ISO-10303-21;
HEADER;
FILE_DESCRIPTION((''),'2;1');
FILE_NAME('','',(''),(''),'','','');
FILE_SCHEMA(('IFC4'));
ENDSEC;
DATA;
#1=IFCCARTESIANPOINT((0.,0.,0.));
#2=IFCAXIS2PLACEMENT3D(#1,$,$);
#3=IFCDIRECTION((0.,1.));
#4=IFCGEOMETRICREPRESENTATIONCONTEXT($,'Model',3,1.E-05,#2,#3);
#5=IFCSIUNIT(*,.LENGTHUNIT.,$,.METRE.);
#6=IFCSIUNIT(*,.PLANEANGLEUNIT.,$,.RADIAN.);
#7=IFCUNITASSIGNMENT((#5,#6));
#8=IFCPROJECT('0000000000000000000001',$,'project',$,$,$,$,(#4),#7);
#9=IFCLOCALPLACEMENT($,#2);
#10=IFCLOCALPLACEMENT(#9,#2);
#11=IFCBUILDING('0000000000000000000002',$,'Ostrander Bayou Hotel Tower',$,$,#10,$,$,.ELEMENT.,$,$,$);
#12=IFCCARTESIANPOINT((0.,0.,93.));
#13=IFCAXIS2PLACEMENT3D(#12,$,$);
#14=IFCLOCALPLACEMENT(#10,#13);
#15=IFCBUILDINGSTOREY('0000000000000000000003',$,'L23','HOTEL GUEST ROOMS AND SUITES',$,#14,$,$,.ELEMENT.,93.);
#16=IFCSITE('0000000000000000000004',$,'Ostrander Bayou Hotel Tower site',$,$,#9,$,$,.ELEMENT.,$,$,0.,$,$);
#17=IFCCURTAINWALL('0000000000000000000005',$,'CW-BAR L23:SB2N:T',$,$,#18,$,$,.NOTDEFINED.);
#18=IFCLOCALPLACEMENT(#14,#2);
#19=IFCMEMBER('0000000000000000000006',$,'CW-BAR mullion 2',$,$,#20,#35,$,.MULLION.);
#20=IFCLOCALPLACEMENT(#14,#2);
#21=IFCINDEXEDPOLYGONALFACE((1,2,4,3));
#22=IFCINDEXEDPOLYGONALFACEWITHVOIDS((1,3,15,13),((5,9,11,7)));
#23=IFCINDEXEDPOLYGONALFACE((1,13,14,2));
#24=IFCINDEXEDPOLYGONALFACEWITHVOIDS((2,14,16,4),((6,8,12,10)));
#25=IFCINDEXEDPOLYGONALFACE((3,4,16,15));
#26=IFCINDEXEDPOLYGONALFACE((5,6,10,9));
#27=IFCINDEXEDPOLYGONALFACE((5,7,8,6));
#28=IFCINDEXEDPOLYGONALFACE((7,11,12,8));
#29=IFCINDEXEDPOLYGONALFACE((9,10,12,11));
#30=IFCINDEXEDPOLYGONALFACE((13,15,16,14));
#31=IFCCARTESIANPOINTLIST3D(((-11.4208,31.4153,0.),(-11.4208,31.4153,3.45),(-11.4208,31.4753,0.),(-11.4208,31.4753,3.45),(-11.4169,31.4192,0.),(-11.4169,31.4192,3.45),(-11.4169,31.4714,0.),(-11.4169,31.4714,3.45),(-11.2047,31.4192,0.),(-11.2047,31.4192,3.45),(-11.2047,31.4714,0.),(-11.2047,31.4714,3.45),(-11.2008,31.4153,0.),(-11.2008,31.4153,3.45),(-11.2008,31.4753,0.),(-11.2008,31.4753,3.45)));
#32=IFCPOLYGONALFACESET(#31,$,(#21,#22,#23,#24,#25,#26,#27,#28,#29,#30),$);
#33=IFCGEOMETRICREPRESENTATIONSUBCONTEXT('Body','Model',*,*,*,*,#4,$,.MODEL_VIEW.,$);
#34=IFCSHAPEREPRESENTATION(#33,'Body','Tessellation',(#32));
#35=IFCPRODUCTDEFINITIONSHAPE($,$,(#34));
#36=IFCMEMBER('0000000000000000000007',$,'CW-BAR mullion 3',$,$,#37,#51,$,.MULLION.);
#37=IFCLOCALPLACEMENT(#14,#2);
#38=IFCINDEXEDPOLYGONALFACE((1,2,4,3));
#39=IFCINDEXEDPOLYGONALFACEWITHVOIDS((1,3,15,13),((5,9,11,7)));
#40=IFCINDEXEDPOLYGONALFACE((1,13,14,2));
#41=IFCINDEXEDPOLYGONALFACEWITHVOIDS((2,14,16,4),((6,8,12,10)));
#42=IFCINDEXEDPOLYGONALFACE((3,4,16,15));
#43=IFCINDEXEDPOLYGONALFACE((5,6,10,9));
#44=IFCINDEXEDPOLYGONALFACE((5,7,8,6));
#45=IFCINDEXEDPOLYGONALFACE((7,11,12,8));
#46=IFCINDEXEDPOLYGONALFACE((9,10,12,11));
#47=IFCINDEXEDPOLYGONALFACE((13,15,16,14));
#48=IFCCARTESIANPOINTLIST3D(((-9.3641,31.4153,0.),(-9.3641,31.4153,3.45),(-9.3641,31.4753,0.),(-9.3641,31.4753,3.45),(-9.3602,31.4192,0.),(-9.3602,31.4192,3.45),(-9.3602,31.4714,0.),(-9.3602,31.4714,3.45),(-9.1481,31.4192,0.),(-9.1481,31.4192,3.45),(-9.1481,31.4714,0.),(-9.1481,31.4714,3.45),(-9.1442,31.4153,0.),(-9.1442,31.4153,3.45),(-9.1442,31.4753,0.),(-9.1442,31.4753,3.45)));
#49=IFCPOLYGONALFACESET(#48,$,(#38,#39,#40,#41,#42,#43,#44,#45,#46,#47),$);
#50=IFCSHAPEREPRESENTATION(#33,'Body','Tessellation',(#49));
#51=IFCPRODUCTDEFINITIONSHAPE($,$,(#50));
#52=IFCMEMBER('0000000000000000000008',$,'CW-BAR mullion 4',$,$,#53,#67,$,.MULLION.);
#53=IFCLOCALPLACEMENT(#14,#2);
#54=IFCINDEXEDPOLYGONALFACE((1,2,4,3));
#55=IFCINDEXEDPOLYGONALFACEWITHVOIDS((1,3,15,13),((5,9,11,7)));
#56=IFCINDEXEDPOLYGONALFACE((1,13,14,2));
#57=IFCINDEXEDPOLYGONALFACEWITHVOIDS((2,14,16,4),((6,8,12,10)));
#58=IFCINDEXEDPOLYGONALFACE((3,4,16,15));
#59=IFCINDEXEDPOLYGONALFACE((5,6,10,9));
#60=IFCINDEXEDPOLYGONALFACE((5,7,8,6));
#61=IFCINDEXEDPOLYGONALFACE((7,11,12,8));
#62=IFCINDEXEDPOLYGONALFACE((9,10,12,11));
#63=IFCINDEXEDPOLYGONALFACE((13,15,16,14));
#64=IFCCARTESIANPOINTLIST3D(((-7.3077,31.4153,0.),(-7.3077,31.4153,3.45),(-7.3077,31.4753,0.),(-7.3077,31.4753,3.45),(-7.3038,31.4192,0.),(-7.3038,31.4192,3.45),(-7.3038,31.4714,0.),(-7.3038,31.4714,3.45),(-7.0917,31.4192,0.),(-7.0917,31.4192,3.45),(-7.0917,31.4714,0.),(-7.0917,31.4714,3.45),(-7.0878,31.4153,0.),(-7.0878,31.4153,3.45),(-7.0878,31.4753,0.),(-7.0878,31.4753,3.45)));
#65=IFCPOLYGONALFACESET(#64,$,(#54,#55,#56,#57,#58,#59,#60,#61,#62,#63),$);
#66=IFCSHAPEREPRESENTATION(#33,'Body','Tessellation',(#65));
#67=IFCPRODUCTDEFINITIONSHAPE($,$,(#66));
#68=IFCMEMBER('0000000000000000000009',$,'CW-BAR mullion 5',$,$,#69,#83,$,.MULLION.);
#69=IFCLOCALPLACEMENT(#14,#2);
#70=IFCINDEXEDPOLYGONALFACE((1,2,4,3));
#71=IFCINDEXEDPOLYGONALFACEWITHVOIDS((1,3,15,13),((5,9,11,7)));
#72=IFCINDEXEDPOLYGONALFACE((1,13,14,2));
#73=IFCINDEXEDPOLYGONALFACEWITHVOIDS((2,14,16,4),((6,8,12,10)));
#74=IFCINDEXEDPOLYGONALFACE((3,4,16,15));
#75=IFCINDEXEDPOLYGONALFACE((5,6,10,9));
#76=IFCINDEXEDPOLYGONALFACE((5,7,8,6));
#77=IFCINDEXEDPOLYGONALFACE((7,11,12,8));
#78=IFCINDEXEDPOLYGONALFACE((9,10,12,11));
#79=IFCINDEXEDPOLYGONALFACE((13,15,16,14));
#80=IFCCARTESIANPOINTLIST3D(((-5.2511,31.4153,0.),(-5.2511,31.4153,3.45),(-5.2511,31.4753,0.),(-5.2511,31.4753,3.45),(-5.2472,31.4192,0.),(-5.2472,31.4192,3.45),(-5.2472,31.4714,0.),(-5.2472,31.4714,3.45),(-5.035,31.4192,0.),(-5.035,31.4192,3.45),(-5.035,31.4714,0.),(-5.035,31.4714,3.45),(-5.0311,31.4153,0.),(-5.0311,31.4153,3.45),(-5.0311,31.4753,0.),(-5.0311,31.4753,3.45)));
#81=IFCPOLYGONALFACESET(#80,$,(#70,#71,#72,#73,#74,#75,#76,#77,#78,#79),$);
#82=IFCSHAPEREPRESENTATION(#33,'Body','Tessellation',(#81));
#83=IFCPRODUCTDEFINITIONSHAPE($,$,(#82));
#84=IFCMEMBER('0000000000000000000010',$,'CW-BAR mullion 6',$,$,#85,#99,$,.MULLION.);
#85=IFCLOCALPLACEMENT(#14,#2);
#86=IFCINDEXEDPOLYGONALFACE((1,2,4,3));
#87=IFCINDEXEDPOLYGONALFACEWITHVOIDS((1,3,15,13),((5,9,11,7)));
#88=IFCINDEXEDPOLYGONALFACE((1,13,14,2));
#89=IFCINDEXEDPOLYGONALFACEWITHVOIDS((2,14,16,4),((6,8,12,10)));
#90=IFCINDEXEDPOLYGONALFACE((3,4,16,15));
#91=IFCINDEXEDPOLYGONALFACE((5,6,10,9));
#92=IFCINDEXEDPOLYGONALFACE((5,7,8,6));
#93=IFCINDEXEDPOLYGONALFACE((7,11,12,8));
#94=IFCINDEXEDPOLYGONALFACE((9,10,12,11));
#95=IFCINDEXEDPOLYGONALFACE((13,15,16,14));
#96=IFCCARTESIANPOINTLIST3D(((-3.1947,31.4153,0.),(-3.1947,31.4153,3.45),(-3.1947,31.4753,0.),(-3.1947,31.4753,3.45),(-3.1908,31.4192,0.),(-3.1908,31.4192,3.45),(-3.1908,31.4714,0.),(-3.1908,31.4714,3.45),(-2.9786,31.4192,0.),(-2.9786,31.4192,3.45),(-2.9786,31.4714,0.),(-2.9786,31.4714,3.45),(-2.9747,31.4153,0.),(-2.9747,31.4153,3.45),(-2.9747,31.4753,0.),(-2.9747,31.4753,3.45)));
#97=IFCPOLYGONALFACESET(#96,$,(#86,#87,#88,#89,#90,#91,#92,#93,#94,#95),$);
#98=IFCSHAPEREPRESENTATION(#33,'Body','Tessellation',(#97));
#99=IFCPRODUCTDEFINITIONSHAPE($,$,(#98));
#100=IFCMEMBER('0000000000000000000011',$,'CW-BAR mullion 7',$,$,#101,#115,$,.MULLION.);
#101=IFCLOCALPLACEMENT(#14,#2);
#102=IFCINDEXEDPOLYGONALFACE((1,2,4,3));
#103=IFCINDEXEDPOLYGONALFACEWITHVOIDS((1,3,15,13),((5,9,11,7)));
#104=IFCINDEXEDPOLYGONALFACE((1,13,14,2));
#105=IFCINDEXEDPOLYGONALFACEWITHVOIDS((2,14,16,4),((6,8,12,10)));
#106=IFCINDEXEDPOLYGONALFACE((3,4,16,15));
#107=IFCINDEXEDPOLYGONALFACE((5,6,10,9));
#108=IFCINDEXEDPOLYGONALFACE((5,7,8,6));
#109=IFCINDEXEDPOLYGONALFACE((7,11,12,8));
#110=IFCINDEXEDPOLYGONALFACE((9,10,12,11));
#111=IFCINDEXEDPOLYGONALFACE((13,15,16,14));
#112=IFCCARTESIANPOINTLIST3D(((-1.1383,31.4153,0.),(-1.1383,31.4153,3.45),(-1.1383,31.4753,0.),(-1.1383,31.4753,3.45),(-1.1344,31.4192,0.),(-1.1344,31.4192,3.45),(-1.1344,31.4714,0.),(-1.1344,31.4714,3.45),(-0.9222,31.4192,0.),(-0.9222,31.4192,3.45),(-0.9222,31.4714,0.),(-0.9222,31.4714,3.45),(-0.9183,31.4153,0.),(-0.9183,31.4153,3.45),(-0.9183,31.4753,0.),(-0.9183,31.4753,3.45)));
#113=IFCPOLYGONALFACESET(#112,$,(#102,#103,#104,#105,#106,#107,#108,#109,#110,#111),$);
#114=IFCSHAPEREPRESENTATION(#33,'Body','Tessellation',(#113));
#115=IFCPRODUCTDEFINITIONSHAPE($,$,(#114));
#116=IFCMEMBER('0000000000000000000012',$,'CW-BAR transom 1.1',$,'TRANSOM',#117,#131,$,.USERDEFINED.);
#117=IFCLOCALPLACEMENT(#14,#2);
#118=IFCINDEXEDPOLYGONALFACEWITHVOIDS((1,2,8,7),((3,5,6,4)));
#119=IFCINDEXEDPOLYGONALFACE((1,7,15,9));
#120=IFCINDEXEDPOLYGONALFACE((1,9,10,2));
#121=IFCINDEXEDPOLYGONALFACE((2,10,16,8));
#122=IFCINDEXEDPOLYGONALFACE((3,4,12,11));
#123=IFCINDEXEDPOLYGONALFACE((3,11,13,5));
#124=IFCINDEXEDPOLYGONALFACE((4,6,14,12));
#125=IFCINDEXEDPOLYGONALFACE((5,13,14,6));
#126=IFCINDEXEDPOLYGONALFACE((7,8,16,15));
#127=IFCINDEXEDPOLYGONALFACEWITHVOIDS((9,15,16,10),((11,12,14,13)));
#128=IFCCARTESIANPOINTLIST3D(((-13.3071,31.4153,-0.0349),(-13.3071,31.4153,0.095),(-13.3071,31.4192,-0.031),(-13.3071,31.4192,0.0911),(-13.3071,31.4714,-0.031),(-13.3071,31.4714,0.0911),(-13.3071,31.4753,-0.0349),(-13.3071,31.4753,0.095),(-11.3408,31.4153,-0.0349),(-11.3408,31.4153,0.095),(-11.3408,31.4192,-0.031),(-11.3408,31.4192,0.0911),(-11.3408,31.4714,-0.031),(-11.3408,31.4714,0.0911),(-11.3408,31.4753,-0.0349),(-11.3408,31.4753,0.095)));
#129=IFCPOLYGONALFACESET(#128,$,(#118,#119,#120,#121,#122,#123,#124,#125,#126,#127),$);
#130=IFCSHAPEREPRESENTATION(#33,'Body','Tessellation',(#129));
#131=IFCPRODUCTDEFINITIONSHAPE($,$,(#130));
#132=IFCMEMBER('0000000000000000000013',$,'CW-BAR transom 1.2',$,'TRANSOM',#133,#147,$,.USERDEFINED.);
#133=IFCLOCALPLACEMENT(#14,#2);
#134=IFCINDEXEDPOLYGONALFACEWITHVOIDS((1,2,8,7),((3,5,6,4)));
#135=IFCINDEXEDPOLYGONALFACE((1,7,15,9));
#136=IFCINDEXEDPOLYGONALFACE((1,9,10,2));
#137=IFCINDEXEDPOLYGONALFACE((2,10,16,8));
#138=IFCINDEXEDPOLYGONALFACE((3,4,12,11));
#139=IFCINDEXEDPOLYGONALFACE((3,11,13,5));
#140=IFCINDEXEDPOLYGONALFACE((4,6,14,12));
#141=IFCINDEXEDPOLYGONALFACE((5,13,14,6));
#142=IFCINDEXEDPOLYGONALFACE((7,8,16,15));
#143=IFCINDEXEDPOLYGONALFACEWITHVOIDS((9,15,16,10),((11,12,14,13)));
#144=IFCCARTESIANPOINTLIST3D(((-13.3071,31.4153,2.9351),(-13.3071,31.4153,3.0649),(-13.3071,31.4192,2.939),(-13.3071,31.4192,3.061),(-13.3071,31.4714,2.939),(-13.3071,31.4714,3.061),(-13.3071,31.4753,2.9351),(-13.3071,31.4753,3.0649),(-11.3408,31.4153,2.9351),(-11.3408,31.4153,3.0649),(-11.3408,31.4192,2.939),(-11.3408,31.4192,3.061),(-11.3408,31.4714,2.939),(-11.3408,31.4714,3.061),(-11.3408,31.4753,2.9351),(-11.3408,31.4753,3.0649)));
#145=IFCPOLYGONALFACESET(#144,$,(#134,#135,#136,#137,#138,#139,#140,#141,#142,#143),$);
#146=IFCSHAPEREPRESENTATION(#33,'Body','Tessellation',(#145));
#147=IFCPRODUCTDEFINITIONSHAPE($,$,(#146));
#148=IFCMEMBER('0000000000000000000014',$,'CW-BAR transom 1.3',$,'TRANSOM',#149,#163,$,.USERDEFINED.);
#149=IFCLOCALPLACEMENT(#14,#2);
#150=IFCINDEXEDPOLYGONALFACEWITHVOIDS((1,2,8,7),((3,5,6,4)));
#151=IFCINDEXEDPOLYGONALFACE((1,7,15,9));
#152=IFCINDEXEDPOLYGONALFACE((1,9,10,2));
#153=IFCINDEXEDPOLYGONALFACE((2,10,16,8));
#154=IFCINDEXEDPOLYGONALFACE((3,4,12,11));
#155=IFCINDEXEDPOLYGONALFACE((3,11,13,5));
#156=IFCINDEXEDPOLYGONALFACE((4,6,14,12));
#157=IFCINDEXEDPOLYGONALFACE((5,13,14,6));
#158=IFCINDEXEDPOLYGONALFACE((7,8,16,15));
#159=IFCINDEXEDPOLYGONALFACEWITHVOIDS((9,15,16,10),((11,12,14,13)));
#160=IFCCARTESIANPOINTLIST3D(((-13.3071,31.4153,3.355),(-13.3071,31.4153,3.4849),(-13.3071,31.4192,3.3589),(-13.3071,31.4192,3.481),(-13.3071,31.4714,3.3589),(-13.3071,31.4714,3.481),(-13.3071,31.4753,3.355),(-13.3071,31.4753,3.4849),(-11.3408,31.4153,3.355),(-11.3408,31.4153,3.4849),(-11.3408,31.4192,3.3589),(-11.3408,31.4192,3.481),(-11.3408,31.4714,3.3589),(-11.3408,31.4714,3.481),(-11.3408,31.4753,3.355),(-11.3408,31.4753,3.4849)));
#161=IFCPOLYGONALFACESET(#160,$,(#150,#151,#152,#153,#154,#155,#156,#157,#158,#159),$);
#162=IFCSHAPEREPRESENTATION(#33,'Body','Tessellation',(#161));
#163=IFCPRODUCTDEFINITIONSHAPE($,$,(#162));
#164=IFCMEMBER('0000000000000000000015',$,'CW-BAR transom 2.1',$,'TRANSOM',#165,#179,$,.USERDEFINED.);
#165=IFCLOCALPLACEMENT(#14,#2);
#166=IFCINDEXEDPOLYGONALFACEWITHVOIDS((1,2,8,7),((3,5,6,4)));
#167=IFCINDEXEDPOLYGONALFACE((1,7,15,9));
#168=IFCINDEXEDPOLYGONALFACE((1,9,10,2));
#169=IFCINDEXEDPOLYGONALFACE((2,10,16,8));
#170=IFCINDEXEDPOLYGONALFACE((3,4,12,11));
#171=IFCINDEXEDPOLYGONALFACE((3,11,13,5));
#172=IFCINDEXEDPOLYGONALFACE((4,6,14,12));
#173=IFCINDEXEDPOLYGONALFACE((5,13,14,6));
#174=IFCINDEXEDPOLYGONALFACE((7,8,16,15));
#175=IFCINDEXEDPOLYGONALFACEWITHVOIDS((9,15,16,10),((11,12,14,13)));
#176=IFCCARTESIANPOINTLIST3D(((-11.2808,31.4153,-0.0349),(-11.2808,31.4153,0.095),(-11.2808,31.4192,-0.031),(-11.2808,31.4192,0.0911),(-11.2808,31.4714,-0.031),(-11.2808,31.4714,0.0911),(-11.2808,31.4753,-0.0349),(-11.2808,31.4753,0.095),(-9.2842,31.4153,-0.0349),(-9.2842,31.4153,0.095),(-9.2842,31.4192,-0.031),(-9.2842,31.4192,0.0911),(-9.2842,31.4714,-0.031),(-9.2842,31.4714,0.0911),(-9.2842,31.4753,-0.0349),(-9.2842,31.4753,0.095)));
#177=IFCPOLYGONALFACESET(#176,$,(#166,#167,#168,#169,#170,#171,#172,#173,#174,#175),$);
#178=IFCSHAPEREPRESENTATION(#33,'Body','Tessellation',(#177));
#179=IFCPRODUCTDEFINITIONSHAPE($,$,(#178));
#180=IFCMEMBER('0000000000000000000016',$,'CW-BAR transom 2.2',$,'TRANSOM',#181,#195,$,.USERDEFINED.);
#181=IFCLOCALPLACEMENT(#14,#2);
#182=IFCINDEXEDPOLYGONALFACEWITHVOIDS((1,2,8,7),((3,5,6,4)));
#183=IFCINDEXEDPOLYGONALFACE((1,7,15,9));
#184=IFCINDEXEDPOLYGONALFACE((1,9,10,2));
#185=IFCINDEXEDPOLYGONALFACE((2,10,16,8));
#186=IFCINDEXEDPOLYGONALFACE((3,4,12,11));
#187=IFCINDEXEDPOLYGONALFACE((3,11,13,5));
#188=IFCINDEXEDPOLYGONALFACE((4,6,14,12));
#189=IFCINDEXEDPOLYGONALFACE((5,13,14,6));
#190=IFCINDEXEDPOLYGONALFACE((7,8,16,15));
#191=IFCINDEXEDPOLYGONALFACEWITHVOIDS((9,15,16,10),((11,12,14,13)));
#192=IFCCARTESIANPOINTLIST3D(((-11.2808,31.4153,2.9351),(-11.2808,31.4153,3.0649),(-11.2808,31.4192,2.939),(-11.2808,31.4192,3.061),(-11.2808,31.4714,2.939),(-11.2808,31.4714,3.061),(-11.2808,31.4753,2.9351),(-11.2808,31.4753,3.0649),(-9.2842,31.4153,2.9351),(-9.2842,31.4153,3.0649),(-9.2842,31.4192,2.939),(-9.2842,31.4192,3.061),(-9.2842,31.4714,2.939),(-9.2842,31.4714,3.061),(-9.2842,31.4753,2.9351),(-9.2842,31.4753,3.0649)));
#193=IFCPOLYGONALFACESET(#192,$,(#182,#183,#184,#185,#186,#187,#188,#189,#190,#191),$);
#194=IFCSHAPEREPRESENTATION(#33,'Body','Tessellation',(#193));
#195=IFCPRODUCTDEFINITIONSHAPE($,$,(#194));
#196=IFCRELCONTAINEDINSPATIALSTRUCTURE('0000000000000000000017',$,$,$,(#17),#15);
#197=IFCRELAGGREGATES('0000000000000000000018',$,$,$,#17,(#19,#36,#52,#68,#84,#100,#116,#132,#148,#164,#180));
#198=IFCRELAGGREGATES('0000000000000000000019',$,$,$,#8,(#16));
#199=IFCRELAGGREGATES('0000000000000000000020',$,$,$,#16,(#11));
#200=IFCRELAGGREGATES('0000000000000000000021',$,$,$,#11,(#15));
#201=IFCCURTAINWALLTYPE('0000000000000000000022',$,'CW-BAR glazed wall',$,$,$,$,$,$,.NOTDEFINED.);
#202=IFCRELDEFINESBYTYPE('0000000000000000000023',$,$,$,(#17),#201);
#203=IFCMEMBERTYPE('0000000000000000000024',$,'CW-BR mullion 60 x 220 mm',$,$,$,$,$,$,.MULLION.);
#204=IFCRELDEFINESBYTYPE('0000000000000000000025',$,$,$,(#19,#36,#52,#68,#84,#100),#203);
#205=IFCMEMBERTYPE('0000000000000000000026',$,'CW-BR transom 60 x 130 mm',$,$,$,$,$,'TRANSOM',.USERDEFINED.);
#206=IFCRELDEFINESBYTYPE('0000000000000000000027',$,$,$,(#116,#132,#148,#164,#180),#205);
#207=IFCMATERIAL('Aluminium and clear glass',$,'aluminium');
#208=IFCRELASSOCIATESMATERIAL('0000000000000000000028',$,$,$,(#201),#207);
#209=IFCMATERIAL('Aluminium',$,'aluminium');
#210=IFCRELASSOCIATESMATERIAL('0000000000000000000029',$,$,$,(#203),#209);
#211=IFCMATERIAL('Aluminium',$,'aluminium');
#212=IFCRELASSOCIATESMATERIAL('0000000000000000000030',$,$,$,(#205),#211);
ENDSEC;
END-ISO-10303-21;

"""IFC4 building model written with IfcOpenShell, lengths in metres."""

from ifc_helpers import new_model, si_unit, direction, frame, origin, origin_2d, place, context, subcontext, project, spatial, hollow_rectangle, extrude, material, material_profile, profile_set, type_object, element, aggregate, save


model = new_model("IFC4")

# Units and contexts
model_context = context("Model", 3, precision=1e-05, world=origin(), true_north=direction((0.0, 1.0)))
body_context = subcontext(model_context, "Body", "Model", "MODEL_VIEW")
ifc_project = project(units=[si_unit("LENGTHUNIT", "METRE"), si_unit("PLANEANGLEUNIT", "RADIAN")], contexts=[model_context])

# Site, building, storey
site_placement = place(None, origin())
site = spatial("IfcSite", under=ifc_project, at=site_placement, Name="Ostrander Bayou Hotel Tower site", CompositionType="ELEMENT", RefElevation=0.0)
building_placement = place(site_placement, origin())
building = spatial("IfcBuilding", under=site, at=building_placement, Name="Ostrander Bayou Hotel Tower", CompositionType="ELEMENT")
storey_placement = place(building_placement, frame((0.0, 0.0, 93.0)))
storey = spatial("IfcBuildingStorey", under=building, at=storey_placement, Name="L23", Description="HOTEL GUEST ROOMS AND SUITES", CompositionType="ELEMENT", Elevation=93.0)

# Curtain wall, members
ifc_material_1 = material(Name="Aluminium and clear glass", Category="aluminium")
curtain_wall_type = type_object("IfcCurtainWallType", Name="CW-BAR glazed wall", PredefinedType="NOTDEFINED", material=ifc_material_1)
curtain_wall_placement = place(storey_placement, origin())
curtain_wall = element("IfcCurtainWall", 1, at=curtain_wall_placement, inside=storey, type_object=curtain_wall_type, Name="CW-BAR L23:SB2N:T", PredefinedType="NOTDEFINED")
ifc_material_2 = material(Name="Aluminium", Category="aluminium")
ifc_material_profile_1 = material_profile(ifc_material_2, hollow_rectangle(XDim=0.0601, YDim=0.22, WallThickness=0.0039, at=origin_2d()))
ifc_profile_set_1 = profile_set([ifc_material_profile_1], Name="Aluminium")
member_type_1 = type_object("IfcMemberType", Name="CW-BR mullion 60 x 220 mm", PredefinedType="MULLION", material=ifc_profile_set_1)
member_1_placement = place(storey_placement, frame((-11.3108, 31.4453, 0.0), z_axis=(0.0, 0.0, 1.0), x_axis=(0.0, 1.0, 0.0)))
member_1 = element("IfcMember", 2, at=member_1_placement, type_object=member_type_1, Name="CW-BAR mullion 2", PredefinedType="MULLION", context=body_context, shape_type="SweptSolid", body=[
    extrude(hollow_rectangle(XDim=0.0601, YDim=0.22, WallThickness=0.0039, at=origin_2d()), origin(), (0.0, 0.0, 1.0), 3.45),
])
member_2_placement = place(storey_placement, frame((-9.2542, 31.4453, 0.0), z_axis=(0.0, 0.0, 1.0), x_axis=(0.0, 1.0, 0.0)))
member_2 = element("IfcMember", 3, at=member_2_placement, type_object=member_type_1, Name="CW-BAR mullion 3", PredefinedType="MULLION", context=body_context, shape_type="SweptSolid", body=[
    extrude(hollow_rectangle(XDim=0.0601, YDim=0.22, WallThickness=0.0039, at=origin_2d()), origin(), (0.0, 0.0, 1.0), 3.45),
])
member_3_placement = place(storey_placement, frame((-7.1978, 31.4453, 0.0), z_axis=(0.0, 0.0, 1.0), x_axis=(0.0, 1.0, 0.0)))
member_3 = element("IfcMember", 4, at=member_3_placement, type_object=member_type_1, Name="CW-BAR mullion 4", PredefinedType="MULLION", context=body_context, shape_type="SweptSolid", body=[
    extrude(hollow_rectangle(XDim=0.0601, YDim=0.22, WallThickness=0.0039, at=origin_2d()), origin(), (0.0, 0.0, 1.0), 3.45),
])
member_4_placement = place(storey_placement, frame((-5.1411, 31.4453, 0.0), z_axis=(0.0, 0.0, 1.0), x_axis=(0.0, 1.0, 0.0)))
member_4 = element("IfcMember", 5, at=member_4_placement, type_object=member_type_1, Name="CW-BAR mullion 5", PredefinedType="MULLION", context=body_context, shape_type="SweptSolid", body=[
    extrude(hollow_rectangle(XDim=0.0601, YDim=0.22, WallThickness=0.0039, at=origin_2d()), origin(), (0.0, 0.0, 1.0), 3.45),
])
member_5_placement = place(storey_placement, frame((-3.0847, 31.4453, 0.0), z_axis=(0.0, 0.0, 1.0), x_axis=(0.0, 1.0, 0.0)))
member_5 = element("IfcMember", 6, at=member_5_placement, type_object=member_type_1, Name="CW-BAR mullion 6", PredefinedType="MULLION", context=body_context, shape_type="SweptSolid", body=[
    extrude(hollow_rectangle(XDim=0.0601, YDim=0.22, WallThickness=0.0039, at=origin_2d()), origin(), (0.0, 0.0, 1.0), 3.45),
])
member_6_placement = place(storey_placement, frame((-1.0283, 31.4453, 0.0), z_axis=(0.0, 0.0, 1.0), x_axis=(0.0, 1.0, 0.0)))
member_6 = element("IfcMember", 7, at=member_6_placement, type_object=member_type_1, Name="CW-BAR mullion 7", PredefinedType="MULLION", context=body_context, shape_type="SweptSolid", body=[
    extrude(hollow_rectangle(XDim=0.0601, YDim=0.22, WallThickness=0.0039, at=origin_2d()), origin(), (0.0, 0.0, 1.0), 3.45),
])
ifc_material_3 = material(Name="Aluminium", Category="aluminium")
ifc_material_profile_2 = material_profile(ifc_material_3, hollow_rectangle(XDim=0.0601, YDim=0.1299, WallThickness=0.0039, at=origin_2d()))
ifc_profile_set_2 = profile_set([ifc_material_profile_2], Name="Aluminium")
member_type_2 = type_object("IfcMemberType", Name="CW-BR transom 60 x 130 mm", ElementType="TRANSOM", PredefinedType="USERDEFINED", material=ifc_profile_set_2)
member_7_placement = place(storey_placement, frame((-13.3071, 31.4453, 0.03), z_axis=(1.0, 0.0, 0.0), x_axis=(0.0, 1.0, 0.0)))
member_7 = element("IfcMember", 8, at=member_7_placement, type_object=member_type_2, Name="CW-BAR transom 1.1", ObjectType="TRANSOM", PredefinedType="USERDEFINED", context=body_context, shape_type="SweptSolid", body=[
    extrude(hollow_rectangle(XDim=0.0601, YDim=0.1299, WallThickness=0.0039, at=origin_2d()), origin(), (0.0, 0.0, 1.0), 1.9663),
])
member_8_placement = place(storey_placement, frame((-13.3071, 31.4453, 3.0), z_axis=(1.0, 0.0, 0.0), x_axis=(0.0, 1.0, 0.0)))
member_8 = element("IfcMember", 9, at=member_8_placement, type_object=member_type_2, Name="CW-BAR transom 1.2", ObjectType="TRANSOM", PredefinedType="USERDEFINED", context=body_context, shape_type="SweptSolid", body=[
    extrude(hollow_rectangle(XDim=0.0601, YDim=0.1299, WallThickness=0.0039, at=origin_2d()), origin(), (0.0, 0.0, 1.0), 1.9663),
])
member_9_placement = place(storey_placement, frame((-13.3071, 31.4453, 3.4199), z_axis=(1.0, 0.0, 0.0), x_axis=(0.0, 1.0, 0.0)))
member_9 = element("IfcMember", 10, at=member_9_placement, type_object=member_type_2, Name="CW-BAR transom 1.3", ObjectType="TRANSOM", PredefinedType="USERDEFINED", context=body_context, shape_type="SweptSolid", body=[
    extrude(hollow_rectangle(XDim=0.0601, YDim=0.1299, WallThickness=0.0039, at=origin_2d()), origin(), (0.0, 0.0, 1.0), 1.9663),
])
member_10_placement = place(storey_placement, frame((-11.2808, 31.4453, 0.03), z_axis=(1.0, 0.0, 0.0), x_axis=(0.0, 1.0, 0.0)))
member_10 = element("IfcMember", 11, at=member_10_placement, type_object=member_type_2, Name="CW-BAR transom 2.1", ObjectType="TRANSOM", PredefinedType="USERDEFINED", context=body_context, shape_type="SweptSolid", body=[
    extrude(hollow_rectangle(XDim=0.0601, YDim=0.1299, WallThickness=0.0039, at=origin_2d()), origin(), (0.0, 0.0, 1.0), 1.9966),
])
member_11_placement = place(storey_placement, frame((-11.2808, 31.4453, 3.0), z_axis=(1.0, 0.0, 0.0), x_axis=(0.0, 1.0, 0.0)))
member_11 = element("IfcMember", 12, at=member_11_placement, type_object=member_type_2, Name="CW-BAR transom 2.2", ObjectType="TRANSOM", PredefinedType="USERDEFINED", context=body_context, shape_type="SweptSolid", body=[
    extrude(hollow_rectangle(XDim=0.0601, YDim=0.1299, WallThickness=0.0039, at=origin_2d()), origin(), (0.0, 0.0, 1.0), 1.9966),
])
aggregate(curtain_wall, [member_1, member_2, member_3, member_4, member_5, member_6, member_7, member_8, member_9, member_10, member_11])

save(model, "model.ifc")
